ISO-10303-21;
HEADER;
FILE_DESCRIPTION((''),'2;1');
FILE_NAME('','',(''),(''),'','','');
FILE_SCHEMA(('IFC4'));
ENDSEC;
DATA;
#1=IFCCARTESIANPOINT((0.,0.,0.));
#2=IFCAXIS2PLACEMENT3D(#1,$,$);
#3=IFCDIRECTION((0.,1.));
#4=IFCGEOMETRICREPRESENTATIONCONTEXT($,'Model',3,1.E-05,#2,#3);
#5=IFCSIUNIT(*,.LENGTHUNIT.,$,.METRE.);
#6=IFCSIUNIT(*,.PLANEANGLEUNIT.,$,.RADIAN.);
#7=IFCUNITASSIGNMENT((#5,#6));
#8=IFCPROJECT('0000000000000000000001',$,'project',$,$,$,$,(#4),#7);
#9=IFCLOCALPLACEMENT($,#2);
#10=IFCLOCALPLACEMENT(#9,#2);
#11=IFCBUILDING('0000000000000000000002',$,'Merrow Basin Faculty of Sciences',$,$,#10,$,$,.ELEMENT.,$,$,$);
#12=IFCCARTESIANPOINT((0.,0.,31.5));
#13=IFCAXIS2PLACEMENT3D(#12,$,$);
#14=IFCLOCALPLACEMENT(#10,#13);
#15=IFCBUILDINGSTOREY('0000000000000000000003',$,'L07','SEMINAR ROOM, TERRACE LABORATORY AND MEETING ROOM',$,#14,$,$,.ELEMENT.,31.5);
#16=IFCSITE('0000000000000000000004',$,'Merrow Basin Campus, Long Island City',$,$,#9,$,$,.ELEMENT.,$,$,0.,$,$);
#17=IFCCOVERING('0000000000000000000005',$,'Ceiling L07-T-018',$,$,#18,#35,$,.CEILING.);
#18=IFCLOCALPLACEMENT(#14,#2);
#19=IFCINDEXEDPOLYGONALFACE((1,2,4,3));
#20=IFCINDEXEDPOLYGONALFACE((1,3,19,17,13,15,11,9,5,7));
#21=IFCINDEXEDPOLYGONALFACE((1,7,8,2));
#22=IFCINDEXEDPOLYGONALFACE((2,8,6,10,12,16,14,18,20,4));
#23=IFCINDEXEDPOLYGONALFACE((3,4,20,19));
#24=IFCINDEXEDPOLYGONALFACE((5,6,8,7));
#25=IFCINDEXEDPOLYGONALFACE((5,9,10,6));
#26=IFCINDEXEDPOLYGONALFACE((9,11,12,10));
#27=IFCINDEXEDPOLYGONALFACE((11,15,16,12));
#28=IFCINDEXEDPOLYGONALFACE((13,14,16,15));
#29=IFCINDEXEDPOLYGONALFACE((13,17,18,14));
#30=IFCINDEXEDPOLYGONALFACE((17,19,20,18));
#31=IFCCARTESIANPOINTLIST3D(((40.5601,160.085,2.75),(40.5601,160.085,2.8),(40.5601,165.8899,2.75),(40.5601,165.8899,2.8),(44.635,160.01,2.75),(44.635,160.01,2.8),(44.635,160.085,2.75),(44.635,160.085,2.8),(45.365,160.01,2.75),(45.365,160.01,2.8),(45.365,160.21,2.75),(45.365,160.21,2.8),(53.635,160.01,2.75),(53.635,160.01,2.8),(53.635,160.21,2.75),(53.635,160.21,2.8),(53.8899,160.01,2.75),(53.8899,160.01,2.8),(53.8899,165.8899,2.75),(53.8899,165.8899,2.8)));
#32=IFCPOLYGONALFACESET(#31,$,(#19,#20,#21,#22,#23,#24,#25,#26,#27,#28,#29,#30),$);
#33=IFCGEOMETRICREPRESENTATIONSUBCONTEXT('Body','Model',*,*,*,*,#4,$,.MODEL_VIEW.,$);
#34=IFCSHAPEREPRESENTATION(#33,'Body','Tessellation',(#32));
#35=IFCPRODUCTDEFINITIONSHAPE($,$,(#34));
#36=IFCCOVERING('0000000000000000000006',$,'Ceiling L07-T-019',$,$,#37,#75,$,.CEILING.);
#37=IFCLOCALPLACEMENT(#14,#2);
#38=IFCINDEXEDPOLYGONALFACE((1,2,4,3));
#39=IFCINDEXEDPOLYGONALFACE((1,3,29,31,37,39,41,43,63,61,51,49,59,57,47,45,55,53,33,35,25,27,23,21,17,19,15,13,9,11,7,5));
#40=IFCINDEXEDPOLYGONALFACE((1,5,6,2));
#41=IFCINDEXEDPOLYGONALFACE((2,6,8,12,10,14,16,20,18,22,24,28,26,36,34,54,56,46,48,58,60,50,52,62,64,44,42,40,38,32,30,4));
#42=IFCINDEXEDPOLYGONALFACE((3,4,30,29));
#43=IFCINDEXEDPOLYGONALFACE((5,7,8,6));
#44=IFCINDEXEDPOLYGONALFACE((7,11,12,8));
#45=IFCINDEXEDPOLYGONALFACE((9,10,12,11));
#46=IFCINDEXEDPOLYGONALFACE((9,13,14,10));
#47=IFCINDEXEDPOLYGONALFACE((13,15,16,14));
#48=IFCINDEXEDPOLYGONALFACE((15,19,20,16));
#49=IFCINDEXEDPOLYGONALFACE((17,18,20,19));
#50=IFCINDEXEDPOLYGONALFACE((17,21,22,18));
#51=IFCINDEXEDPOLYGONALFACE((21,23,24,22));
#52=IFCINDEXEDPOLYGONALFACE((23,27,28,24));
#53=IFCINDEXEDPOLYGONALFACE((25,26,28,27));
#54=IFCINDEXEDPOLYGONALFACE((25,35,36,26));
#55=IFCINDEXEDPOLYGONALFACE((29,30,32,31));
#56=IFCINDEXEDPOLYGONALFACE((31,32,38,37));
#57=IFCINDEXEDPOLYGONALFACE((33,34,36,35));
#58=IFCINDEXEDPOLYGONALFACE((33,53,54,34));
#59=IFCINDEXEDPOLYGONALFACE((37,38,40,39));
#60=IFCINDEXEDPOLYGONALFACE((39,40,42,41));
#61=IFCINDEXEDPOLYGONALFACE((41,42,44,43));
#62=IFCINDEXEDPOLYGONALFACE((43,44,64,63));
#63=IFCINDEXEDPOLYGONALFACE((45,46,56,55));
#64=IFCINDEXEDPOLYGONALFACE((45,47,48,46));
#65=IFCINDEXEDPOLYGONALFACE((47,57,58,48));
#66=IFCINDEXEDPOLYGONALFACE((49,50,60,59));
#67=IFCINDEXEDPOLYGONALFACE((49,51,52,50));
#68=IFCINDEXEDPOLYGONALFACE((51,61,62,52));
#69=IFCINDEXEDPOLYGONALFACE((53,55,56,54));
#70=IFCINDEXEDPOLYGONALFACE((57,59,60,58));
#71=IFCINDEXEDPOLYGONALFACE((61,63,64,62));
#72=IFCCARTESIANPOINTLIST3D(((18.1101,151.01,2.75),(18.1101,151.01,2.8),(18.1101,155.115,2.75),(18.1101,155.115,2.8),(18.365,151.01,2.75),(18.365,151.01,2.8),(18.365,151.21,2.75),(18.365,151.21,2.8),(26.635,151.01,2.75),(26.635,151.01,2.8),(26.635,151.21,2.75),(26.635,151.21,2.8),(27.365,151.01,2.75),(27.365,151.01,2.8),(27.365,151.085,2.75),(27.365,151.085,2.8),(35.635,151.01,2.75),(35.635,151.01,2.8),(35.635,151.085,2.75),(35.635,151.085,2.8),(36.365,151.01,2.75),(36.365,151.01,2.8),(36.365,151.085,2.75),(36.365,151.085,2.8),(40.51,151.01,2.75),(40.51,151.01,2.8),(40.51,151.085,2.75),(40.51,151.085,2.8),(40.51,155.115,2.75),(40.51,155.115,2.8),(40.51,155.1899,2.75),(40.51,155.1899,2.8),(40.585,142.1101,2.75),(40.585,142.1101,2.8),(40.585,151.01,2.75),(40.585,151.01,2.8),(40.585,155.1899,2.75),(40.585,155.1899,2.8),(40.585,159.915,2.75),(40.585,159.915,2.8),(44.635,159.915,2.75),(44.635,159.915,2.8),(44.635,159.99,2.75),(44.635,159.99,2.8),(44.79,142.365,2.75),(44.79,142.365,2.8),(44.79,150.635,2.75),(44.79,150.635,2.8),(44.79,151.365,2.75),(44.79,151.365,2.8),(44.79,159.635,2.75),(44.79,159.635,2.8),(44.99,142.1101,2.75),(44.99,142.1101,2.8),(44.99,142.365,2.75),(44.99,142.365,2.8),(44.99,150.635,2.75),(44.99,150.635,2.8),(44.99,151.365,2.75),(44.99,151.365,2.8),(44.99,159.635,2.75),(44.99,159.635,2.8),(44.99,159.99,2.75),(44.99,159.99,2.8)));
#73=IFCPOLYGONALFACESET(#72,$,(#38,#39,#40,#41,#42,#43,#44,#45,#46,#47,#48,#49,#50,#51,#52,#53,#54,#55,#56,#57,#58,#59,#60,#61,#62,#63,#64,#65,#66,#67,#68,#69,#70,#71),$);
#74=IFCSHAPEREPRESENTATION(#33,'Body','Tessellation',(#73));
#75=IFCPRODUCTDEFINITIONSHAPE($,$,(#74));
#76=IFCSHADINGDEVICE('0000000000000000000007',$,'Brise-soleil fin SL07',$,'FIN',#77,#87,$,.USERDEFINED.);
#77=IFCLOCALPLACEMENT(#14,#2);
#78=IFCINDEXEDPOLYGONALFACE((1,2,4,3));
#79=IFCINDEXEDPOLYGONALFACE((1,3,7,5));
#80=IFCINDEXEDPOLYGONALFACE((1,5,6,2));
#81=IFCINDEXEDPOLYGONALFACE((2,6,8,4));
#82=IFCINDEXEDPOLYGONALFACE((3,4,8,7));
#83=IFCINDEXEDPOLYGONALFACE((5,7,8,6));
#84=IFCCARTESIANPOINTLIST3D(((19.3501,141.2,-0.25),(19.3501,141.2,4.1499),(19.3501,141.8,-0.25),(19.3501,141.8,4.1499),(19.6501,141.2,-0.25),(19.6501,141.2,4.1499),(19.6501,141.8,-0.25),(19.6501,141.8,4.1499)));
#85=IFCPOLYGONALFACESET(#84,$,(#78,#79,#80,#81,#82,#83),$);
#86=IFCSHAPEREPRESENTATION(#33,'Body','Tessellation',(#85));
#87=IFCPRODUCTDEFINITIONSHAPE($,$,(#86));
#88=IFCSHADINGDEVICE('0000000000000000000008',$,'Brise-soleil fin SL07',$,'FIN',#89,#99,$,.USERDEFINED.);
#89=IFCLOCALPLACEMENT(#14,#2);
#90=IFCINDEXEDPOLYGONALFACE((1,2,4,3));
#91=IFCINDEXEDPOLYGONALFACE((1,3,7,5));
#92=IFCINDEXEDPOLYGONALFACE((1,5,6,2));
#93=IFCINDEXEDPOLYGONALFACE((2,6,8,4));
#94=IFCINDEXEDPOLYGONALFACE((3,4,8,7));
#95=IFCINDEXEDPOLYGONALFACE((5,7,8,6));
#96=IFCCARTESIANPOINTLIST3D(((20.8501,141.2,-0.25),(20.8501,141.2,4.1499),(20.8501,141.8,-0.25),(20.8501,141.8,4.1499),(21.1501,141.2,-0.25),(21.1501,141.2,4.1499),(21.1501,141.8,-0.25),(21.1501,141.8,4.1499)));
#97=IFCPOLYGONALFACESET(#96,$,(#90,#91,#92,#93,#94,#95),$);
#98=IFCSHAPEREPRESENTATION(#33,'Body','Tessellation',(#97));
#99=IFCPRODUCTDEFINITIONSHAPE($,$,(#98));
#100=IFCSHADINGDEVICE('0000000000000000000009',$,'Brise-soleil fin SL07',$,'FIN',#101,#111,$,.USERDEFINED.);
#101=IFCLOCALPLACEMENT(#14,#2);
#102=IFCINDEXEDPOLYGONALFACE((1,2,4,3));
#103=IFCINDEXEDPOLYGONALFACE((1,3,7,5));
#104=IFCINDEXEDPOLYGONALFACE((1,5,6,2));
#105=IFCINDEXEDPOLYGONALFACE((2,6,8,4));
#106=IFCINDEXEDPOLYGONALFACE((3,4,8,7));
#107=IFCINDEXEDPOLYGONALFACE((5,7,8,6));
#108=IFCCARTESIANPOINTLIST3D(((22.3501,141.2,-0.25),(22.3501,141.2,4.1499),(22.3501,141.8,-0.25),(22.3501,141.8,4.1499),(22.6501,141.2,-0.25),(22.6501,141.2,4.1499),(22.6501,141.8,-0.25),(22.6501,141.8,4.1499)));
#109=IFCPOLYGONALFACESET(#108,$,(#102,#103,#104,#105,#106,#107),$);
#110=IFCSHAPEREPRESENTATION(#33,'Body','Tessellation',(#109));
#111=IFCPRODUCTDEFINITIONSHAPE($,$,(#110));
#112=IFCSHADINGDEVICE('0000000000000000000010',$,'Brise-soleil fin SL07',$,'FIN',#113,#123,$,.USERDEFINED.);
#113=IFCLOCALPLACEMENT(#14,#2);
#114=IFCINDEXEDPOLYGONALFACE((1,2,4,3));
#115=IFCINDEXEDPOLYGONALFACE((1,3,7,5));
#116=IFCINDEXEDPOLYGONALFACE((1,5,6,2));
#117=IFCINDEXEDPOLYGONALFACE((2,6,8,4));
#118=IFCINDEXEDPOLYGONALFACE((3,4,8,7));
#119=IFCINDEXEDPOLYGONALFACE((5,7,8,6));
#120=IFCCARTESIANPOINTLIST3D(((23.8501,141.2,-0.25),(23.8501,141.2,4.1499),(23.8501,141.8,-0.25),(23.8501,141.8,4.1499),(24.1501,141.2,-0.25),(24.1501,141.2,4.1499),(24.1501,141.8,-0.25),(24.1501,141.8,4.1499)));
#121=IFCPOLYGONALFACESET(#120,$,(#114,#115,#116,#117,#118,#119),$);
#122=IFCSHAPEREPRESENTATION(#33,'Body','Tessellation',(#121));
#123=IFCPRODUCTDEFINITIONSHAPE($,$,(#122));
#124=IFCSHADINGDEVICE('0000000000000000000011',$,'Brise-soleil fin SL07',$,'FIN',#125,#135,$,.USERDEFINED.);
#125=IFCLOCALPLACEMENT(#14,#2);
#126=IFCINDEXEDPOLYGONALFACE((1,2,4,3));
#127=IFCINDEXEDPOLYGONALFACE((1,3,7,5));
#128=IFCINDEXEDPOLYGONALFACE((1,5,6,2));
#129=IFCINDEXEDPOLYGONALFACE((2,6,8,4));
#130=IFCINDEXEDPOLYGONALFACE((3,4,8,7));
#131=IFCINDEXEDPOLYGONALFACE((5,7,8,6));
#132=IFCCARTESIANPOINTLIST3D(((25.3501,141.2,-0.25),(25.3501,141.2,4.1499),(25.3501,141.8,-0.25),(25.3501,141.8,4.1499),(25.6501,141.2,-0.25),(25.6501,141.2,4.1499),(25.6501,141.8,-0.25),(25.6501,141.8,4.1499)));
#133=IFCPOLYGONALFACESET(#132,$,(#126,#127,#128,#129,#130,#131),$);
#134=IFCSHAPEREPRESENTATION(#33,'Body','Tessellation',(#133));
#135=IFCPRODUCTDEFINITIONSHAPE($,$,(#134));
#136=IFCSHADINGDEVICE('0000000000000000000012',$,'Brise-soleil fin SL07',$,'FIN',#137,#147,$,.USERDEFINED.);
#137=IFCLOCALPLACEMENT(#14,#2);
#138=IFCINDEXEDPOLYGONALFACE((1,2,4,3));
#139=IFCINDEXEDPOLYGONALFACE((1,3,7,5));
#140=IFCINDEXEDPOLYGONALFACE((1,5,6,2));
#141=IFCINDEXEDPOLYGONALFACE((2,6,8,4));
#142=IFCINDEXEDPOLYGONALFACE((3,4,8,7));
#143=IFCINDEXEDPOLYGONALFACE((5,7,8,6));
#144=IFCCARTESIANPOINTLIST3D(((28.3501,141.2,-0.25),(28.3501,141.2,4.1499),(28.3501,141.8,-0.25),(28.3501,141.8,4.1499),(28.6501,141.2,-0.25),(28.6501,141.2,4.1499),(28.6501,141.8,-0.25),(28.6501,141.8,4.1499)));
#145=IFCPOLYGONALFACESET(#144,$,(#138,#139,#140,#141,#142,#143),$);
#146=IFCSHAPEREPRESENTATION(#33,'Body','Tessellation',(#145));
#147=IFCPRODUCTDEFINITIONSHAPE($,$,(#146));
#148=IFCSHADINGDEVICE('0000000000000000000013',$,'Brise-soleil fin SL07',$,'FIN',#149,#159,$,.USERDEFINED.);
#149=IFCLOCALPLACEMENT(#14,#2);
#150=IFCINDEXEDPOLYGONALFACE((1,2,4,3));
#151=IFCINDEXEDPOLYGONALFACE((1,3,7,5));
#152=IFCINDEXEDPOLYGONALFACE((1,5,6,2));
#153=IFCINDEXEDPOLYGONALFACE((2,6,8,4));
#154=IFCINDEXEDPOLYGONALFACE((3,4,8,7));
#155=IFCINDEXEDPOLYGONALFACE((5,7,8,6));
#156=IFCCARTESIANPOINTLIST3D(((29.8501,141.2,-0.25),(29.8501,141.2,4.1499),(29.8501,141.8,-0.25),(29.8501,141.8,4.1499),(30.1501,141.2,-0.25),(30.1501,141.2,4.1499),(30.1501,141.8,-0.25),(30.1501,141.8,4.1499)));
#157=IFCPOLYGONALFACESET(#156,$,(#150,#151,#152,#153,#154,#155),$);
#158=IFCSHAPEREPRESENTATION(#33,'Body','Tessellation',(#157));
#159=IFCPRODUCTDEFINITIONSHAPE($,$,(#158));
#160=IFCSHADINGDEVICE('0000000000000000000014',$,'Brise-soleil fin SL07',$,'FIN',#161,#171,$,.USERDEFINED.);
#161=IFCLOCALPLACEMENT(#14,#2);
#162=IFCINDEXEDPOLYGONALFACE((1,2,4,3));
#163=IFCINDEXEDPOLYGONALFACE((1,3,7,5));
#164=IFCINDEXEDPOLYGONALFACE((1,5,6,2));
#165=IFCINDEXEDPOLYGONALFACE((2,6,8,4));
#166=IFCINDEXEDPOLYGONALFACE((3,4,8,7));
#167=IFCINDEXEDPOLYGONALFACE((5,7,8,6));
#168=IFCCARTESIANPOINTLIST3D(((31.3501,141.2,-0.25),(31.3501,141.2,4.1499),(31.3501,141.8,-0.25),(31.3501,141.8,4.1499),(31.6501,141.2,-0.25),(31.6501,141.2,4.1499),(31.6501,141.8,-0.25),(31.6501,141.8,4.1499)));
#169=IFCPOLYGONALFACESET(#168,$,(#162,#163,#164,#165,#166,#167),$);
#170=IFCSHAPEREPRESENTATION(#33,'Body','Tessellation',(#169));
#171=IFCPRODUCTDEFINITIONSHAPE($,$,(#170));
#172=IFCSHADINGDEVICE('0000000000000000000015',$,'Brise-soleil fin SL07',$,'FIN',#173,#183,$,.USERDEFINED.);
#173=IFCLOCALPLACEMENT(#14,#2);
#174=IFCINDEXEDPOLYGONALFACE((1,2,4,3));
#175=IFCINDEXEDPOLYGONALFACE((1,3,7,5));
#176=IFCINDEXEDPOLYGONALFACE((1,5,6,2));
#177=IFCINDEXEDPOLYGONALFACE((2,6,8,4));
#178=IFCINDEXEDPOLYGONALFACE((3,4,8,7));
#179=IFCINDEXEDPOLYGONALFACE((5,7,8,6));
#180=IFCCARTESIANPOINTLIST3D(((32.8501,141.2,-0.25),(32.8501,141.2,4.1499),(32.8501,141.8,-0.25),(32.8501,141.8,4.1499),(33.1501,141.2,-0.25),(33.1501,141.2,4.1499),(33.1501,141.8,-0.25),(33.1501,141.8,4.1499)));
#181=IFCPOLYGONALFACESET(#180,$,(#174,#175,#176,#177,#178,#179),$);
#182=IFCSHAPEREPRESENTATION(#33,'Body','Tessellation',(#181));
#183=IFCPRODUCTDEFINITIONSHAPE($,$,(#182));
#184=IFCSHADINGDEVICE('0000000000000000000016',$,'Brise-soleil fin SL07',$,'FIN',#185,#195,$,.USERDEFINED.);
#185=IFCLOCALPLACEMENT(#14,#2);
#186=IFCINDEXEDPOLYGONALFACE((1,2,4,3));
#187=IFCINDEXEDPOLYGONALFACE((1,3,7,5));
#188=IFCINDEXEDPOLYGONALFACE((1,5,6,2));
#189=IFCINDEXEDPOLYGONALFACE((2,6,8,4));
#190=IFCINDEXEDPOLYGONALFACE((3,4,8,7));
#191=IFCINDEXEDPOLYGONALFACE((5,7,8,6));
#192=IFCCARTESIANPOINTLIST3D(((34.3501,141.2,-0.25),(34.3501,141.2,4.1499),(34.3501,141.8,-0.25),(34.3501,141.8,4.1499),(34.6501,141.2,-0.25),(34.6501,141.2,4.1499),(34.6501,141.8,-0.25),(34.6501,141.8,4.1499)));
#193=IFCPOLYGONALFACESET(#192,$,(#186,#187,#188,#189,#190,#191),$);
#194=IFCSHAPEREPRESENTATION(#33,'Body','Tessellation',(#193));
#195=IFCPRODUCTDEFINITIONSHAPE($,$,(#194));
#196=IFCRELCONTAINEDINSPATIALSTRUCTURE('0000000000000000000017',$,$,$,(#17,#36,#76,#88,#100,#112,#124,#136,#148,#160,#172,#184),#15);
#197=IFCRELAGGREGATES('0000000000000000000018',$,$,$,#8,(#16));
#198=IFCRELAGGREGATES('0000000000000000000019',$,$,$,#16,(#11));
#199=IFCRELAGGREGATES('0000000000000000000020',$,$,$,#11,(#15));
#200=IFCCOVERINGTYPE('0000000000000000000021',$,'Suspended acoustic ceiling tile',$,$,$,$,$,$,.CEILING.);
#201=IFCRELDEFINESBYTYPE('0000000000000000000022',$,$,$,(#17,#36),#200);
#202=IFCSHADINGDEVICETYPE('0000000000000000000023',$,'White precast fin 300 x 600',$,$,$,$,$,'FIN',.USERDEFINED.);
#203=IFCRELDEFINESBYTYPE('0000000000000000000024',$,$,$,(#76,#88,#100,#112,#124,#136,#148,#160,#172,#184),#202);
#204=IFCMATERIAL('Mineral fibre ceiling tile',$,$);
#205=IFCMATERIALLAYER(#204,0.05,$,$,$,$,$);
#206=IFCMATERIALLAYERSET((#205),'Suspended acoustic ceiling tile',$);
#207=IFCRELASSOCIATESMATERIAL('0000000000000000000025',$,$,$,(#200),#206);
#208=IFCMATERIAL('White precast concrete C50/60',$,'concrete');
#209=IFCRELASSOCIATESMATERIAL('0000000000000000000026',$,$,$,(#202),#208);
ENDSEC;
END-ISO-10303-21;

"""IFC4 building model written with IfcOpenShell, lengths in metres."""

from ifc_helpers import new_model, si_unit, direction, frame, origin, place, context, subcontext, project, spatial, polyline, outline, extrude, source, transform, mapped, material, layer, layer_set, type_object, element, save


model = new_model("IFC4")

# Units and contexts
model_context = context("Model", 3, precision=1e-05, world=origin(), true_north=direction((0.0, 1.0)))
body_context = subcontext(model_context, "Body", "Model", "MODEL_VIEW")
ifc_project = project(units=[si_unit("LENGTHUNIT", "METRE"), si_unit("PLANEANGLEUNIT", "RADIAN")], contexts=[model_context])

# Site, building, storey
site_placement = place(None, origin())
site = spatial("IfcSite", under=ifc_project, at=site_placement, Name="Merrow Basin Campus, Long Island City", CompositionType="ELEMENT", RefElevation=0.0)
building_placement = place(site_placement, origin())
building = spatial("IfcBuilding", under=site, at=building_placement, Name="Merrow Basin Faculty of Sciences", CompositionType="ELEMENT")
storey_placement = place(building_placement, frame((0.0, 0.0, 31.5)))
storey = spatial("IfcBuildingStorey", under=building, at=storey_placement, Name="L07", Description="SEMINAR ROOM, TERRACE LABORATORY AND MEETING ROOM", CompositionType="ELEMENT", Elevation=31.5)

# Coverings
ifc_material_1 = material(Name="Mineral fibre ceiling tile")
ifc_layer_1 = layer(ifc_material_1, 0.05)
ifc_layer_set_1 = layer_set([ifc_layer_1], Name="Suspended acoustic ceiling tile")
covering_type_1 = type_object("IfcCoveringType", Name="Suspended acoustic ceiling tile", PredefinedType="CEILING", material=ifc_layer_set_1)
covering_1_placement = place(storey_placement, frame((0.0, 0.0, 2.75)))
element("IfcCovering", 1, at=covering_1_placement, inside=storey, type_object=covering_type_1, Name="Ceiling L07-T-018", PredefinedType="CEILING", context=body_context, shape_type="SweptSolid", body=[
    extrude(outline(polyline([(53.8899, 165.8899), (53.8899, 160.01), (53.635, 160.01), (53.635, 160.21), (45.365, 160.21), (45.365, 160.01), (44.635, 160.01), (44.635, 160.085), (40.5601, 160.085), (40.5601, 165.8899), (53.8899, 165.8899)])), origin(), (0.0, 0.0, 1.0), 0.05),
])
covering_2_placement = place(storey_placement, frame((0.0, 0.0, 2.75)))
element("IfcCovering", 2, at=covering_2_placement, inside=storey, type_object=covering_type_1, Name="Ceiling L07-T-019", PredefinedType="CEILING", context=body_context, shape_type="SweptSolid", body=[
    extrude(outline(polyline([(44.99, 159.635), (44.79, 159.635), (44.79, 151.365), (44.99, 151.365), (44.99, 150.635), (44.79, 150.635), (44.79, 142.365), (44.99, 142.365), (44.99, 142.1101), (40.585, 142.1101), (40.585, 151.01), (40.51, 151.01), (40.51, 151.085), (36.365, 151.085), (36.365, 151.01), (35.635, 151.01), (35.635, 151.085), (27.365, 151.085), (27.365, 151.01), (26.635, 151.01), (26.635, 151.21), (18.365, 151.21), (18.365, 151.01), (18.1101, 151.01), (18.1101, 155.115), (40.51, 155.115), (40.51, 155.1899), (40.585, 155.1899), (40.585, 159.915), (44.635, 159.915), (44.635, 159.99), (44.99, 159.99), (44.99, 159.635)])), origin(), (0.0, 0.0, 1.0), 0.05),
])

# Shading devices
ifc_material_2 = material(Name="White precast concrete C50/60", Category="concrete")
shading_device_type = type_object("IfcShadingDeviceType", Name="White precast fin 300 x 600", ElementType="FIN", PredefinedType="USERDEFINED", material=ifc_material_2)
shared_shape = source(origin(), body_context, "Body", "SweptSolid", [
    extrude(outline(polyline([(0.0, 0.0), (0.3, 0.0), (0.3, 4.3999), (0.0, 4.3999), (0.0, 0.0)])), origin(), (0.0, 0.0, 1.0), 0.6001),
])
for number, where, z_axis, x_axis, name in (
    (3, (19.3501, 141.8, -0.25), (0.0, -1.0, 0.0), (1.0, 0.0, 0.0), "Brise-soleil fin SL07"),
    (4, (20.8501, 141.8, -0.25), (0.0, -1.0, 0.0), (1.0, 0.0, 0.0), "Brise-soleil fin SL07"),
    (5, (22.3501, 141.8, -0.25), (0.0, -1.0, 0.0), (1.0, 0.0, 0.0), "Brise-soleil fin SL07"),
    (6, (23.8501, 141.8, -0.25), (0.0, -1.0, 0.0), (1.0, 0.0, 0.0), "Brise-soleil fin SL07"),
    (7, (25.3501, 141.8, -0.25), (0.0, -1.0, 0.0), (1.0, 0.0, 0.0), "Brise-soleil fin SL07"),
    (8, (28.3501, 141.8, -0.25), (0.0, -1.0, 0.0), (1.0, 0.0, 0.0), "Brise-soleil fin SL07"),
    (9, (29.8501, 141.8, -0.25), (0.0, -1.0, 0.0), (1.0, 0.0, 0.0), "Brise-soleil fin SL07"),
    (10, (31.3501, 141.8, -0.25), (0.0, -1.0, 0.0), (1.0, 0.0, 0.0), "Brise-soleil fin SL07"),
    (11, (32.8501, 141.8, -0.25), (0.0, -1.0, 0.0), (1.0, 0.0, 0.0), "Brise-soleil fin SL07"),
    (12, (34.3501, 141.8, -0.25), (0.0, -1.0, 0.0), (1.0, 0.0, 0.0), "Brise-soleil fin SL07"),
):
    element("IfcShadingDevice", number, at=place(storey_placement, frame(where, z_axis=z_axis, x_axis=x_axis)), inside=storey, type_object=shading_device_type, Name=name, ObjectType="FIN", PredefinedType="USERDEFINED", context=body_context, shape_type="MappedRepresentation", body=[
        mapped(shared_shape, transform((0.0, 0.0, 0.0), scale=1.0)),
    ])

save(model, "model.ifc")
